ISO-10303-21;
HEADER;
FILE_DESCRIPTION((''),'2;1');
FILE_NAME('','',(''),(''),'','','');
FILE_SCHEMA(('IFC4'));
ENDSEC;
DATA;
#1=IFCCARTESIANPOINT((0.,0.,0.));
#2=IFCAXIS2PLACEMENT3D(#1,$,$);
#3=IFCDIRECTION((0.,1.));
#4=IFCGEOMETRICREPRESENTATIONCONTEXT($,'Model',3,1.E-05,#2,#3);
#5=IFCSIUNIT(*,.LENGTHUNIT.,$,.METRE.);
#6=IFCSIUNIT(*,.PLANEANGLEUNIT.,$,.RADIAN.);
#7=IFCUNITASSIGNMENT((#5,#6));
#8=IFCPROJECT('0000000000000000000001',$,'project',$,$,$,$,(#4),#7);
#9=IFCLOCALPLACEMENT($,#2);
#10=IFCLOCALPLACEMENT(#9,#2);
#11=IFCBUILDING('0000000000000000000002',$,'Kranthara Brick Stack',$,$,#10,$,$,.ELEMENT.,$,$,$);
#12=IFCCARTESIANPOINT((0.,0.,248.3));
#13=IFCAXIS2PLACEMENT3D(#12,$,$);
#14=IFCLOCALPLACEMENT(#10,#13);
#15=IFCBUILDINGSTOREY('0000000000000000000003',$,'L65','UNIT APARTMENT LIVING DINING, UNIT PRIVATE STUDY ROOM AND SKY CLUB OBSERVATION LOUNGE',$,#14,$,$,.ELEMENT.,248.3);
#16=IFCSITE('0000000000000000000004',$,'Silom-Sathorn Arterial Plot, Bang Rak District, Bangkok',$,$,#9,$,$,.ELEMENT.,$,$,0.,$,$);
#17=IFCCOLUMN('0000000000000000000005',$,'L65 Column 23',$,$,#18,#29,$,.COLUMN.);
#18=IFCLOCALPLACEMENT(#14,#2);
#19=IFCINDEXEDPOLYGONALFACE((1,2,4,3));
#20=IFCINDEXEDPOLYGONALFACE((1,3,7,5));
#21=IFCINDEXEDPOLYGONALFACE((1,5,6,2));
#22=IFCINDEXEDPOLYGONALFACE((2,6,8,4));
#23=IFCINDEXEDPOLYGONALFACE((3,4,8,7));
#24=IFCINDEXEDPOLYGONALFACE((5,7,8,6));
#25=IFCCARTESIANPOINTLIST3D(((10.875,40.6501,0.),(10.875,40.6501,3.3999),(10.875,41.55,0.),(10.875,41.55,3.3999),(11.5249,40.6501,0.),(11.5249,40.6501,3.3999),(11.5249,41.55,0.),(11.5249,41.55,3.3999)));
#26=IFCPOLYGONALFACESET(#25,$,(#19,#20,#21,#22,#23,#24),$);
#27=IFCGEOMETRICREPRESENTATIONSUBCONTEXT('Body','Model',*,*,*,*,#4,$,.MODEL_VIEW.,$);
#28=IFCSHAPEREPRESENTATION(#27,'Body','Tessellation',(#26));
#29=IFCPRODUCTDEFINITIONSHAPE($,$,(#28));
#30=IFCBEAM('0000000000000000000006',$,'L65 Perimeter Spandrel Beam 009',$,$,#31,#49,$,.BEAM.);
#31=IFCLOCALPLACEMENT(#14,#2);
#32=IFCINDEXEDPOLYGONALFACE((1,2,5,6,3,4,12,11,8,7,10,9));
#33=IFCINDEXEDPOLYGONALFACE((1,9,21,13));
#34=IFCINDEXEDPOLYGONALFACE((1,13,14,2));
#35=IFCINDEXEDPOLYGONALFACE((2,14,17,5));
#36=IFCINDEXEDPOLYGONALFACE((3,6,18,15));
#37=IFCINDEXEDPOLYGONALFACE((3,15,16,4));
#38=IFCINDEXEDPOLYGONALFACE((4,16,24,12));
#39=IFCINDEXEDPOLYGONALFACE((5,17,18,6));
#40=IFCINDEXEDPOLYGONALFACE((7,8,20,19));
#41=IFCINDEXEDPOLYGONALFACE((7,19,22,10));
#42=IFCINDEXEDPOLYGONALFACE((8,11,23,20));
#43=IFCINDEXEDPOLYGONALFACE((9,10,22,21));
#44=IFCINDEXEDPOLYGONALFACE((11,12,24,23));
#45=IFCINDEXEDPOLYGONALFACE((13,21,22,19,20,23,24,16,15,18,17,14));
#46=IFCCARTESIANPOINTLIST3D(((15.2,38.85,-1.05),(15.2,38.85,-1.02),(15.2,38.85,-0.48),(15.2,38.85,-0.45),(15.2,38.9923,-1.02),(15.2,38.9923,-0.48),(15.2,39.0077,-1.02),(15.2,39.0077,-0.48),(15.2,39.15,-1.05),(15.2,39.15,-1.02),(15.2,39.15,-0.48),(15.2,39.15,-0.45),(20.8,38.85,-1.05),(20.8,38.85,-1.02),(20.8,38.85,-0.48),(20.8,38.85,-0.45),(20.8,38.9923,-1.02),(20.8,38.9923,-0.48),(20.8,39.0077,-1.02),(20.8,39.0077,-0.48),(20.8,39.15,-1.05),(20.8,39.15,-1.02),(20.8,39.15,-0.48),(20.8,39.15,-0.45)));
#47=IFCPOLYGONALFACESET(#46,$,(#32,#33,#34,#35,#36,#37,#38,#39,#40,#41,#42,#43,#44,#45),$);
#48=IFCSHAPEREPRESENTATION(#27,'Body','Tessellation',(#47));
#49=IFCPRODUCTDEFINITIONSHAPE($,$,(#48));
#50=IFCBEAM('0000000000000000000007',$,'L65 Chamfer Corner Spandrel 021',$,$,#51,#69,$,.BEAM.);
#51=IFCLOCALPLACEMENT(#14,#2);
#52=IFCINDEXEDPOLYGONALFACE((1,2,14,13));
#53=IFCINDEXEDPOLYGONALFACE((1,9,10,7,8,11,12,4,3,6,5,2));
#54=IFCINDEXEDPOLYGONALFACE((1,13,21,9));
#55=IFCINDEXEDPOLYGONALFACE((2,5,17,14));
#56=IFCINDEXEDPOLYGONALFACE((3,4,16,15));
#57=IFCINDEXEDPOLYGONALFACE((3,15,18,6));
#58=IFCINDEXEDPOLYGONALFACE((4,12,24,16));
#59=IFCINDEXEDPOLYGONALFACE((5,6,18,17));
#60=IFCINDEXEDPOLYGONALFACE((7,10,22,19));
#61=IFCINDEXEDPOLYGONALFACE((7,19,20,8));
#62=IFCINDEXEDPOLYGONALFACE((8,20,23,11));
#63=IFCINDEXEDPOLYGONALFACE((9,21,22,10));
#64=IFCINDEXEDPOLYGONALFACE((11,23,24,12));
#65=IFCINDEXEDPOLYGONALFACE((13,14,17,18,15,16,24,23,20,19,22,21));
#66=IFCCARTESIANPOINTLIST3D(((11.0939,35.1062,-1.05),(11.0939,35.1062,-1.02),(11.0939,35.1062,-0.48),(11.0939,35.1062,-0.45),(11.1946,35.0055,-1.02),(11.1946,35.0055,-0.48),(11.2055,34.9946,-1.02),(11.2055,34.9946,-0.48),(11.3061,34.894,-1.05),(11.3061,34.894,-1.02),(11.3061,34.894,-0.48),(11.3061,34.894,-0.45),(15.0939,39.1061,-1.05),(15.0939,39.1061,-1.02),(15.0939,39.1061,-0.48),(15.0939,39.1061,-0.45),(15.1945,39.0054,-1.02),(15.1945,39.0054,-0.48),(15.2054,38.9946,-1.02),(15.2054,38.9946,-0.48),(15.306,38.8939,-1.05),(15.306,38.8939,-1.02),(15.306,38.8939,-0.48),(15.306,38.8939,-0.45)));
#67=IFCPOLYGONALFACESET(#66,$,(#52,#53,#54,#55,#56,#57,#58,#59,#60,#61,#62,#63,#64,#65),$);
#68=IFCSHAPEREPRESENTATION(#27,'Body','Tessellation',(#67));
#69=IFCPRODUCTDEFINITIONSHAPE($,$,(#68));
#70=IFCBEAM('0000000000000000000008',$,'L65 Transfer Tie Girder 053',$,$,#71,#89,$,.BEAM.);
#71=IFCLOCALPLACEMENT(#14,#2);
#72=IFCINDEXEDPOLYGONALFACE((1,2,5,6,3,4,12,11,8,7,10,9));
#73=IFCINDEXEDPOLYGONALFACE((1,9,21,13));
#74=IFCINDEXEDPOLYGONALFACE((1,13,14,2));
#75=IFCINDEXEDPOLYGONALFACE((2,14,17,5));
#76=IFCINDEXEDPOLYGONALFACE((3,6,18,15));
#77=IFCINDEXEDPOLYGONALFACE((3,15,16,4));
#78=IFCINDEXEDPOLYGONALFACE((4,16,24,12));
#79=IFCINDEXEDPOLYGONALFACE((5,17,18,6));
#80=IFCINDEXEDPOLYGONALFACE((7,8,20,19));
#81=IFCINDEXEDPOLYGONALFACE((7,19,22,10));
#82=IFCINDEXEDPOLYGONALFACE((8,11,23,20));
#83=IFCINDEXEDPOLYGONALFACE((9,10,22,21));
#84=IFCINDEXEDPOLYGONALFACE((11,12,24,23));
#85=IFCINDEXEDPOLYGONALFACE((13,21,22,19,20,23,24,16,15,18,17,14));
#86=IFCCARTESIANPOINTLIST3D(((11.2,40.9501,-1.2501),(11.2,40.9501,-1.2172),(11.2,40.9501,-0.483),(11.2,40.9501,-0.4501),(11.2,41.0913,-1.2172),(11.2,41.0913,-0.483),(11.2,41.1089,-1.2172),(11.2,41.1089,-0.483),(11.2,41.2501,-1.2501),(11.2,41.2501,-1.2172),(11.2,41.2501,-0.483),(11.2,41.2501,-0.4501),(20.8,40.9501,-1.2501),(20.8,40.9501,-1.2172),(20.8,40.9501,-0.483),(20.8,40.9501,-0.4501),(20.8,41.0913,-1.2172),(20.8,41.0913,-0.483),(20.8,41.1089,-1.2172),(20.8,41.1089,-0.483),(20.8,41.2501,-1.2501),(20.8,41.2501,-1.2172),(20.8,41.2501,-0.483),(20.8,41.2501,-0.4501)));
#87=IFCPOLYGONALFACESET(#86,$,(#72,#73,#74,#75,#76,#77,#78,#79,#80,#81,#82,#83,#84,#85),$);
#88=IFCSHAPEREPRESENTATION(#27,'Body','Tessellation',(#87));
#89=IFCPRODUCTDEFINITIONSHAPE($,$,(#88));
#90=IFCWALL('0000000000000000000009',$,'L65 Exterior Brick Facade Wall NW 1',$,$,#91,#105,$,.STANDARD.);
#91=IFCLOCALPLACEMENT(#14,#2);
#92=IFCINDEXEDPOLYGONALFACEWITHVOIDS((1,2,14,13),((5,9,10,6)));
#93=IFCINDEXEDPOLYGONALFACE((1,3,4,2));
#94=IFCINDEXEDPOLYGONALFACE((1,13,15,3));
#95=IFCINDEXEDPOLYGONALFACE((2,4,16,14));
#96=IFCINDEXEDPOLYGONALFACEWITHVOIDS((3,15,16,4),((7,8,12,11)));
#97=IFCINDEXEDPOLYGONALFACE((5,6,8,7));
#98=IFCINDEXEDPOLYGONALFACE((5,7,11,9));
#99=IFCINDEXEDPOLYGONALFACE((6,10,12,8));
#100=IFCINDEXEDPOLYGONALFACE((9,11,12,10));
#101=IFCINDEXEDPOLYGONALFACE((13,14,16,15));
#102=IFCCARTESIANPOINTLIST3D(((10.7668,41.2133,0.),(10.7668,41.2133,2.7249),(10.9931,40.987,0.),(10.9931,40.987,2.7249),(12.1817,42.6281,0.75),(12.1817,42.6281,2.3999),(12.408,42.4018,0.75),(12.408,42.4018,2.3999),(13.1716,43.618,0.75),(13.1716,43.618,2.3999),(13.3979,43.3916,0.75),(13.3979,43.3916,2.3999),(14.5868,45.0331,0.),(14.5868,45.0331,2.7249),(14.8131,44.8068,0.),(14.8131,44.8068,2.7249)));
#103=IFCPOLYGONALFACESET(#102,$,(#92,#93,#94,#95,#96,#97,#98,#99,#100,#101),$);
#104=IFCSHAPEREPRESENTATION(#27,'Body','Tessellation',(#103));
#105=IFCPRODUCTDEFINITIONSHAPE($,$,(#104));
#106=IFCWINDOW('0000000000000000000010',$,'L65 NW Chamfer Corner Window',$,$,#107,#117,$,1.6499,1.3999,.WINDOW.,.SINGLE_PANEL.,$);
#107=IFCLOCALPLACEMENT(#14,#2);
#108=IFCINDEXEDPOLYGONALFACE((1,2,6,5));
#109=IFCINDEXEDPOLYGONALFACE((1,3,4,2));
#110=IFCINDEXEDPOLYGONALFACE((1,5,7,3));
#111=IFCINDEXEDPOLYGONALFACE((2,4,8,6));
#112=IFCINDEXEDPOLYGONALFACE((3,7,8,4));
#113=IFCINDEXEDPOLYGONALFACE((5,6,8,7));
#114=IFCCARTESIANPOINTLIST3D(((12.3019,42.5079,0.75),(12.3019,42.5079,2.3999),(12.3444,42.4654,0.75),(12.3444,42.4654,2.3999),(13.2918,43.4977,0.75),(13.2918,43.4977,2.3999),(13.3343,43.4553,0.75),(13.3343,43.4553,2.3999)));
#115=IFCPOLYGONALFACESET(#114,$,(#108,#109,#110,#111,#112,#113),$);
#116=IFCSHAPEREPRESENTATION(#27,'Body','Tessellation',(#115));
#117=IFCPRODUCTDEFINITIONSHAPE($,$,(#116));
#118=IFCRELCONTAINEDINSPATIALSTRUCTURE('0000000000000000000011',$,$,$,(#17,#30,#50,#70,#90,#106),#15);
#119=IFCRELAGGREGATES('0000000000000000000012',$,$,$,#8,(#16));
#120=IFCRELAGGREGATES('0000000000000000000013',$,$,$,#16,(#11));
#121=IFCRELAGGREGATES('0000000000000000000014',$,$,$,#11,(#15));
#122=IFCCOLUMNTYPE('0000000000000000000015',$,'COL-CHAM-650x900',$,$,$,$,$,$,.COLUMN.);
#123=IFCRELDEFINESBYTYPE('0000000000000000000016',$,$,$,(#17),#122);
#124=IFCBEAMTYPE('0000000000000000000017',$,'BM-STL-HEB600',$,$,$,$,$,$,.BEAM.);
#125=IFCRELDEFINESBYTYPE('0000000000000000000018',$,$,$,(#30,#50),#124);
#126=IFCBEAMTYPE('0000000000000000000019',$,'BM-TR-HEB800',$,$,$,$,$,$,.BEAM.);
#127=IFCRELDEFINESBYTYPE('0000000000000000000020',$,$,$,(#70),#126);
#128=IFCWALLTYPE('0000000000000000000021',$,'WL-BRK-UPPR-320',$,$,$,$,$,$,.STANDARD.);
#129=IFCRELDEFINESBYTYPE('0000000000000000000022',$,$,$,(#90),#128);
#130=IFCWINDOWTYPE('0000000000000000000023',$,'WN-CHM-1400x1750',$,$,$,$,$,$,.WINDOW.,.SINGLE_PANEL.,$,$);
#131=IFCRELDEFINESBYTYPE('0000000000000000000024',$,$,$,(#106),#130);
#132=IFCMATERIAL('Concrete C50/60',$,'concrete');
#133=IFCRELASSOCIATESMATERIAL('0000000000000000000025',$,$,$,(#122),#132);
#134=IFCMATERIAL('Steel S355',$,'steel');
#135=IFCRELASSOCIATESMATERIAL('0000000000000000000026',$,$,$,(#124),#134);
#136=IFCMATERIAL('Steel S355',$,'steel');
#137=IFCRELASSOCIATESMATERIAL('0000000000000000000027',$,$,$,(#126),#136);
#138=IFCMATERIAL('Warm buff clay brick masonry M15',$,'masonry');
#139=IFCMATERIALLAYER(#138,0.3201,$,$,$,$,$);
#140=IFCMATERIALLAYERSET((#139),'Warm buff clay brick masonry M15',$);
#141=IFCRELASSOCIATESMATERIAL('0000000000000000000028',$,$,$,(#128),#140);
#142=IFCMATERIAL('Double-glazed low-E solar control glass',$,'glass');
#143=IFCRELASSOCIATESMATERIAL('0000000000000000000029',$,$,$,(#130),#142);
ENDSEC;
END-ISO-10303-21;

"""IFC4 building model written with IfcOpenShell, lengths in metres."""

from ifc_helpers import new_model, si_unit, direction, frame, frame_2d, origin, origin_2d, place, context, subcontext, project, spatial, rectangle, i_section, extrude, material, layer, layer_set, material_profile, profile_set, type_object, element, fill, save


model = new_model("IFC4")

# Units and contexts
model_context = context("Model", 3, precision=1e-05, world=origin(), true_north=direction((0.0, 1.0)))
body_context = subcontext(model_context, "Body", "Model", "MODEL_VIEW")
ifc_project = project(units=[si_unit("LENGTHUNIT", "METRE"), si_unit("PLANEANGLEUNIT", "RADIAN")], contexts=[model_context])

# Site, building, storey
site_placement = place(None, origin())
site = spatial("IfcSite", under=ifc_project, at=site_placement, Name="Silom-Sathorn Arterial Plot, Bang Rak District, Bangkok", CompositionType="ELEMENT", RefElevation=0.0)
building_placement = place(site_placement, origin())
building = spatial("IfcBuilding", under=site, at=building_placement, Name="Kranthara Brick Stack", CompositionType="ELEMENT")
storey_placement = place(building_placement, frame((0.0, 0.0, 248.3)))
storey = spatial("IfcBuildingStorey", under=building, at=storey_placement, Name="L65", Description="UNIT APARTMENT LIVING DINING, UNIT PRIVATE STUDY ROOM AND SKY CLUB OBSERVATION LOUNGE", CompositionType="ELEMENT", Elevation=248.3)

# Column
ifc_material_1 = material(Name="Concrete C50/60", Category="concrete")
ifc_material_profile_1 = material_profile(ifc_material_1, rectangle(XDim=0.6499, YDim=0.8999, at=origin_2d()), Name="RC 650x900")
ifc_profile_set_1 = profile_set([ifc_material_profile_1], Name="Concrete C50/60")
column_type = type_object("IfcColumnType", Name="COL-CHAM-650x900", PredefinedType="COLUMN", material=ifc_profile_set_1)
column_placement = place(storey_placement, frame((11.2, 41.1001, 0.0), z_axis=(0.0, 0.0, 1.0), x_axis=(1.0, 0.0, 0.0)))
element("IfcColumn", 1, at=column_placement, inside=storey, type_object=column_type, Name="L65 Column 23", PredefinedType="COLUMN", context=body_context, shape_type="SweptSolid", body=[
    extrude(rectangle(XDim=0.6499, YDim=0.8999, at=origin_2d()), origin(), (0.0, 0.0, 1.0), 3.3999),
])

# Beams
ifc_material_2 = material(Name="Steel S355", Category="steel")
ifc_material_profile_2 = material_profile(ifc_material_2, i_section(OverallWidth=0.3, OverallDepth=0.6001, WebThickness=0.0154, FlangeThickness=0.03, at=origin_2d()), Name="HEB 600")
ifc_profile_set_2 = profile_set([ifc_material_profile_2], Name="Steel S355")
beam_type_1 = type_object("IfcBeamType", Name="BM-STL-HEB600", PredefinedType="BEAM", material=ifc_profile_set_2)
beam_1_placement = place(storey_placement, frame((15.2, 39.0, -0.75), z_axis=(1.0, 0.0, 0.0), x_axis=(0.0, 1.0, 0.0)))
element("IfcBeam", 2, at=beam_1_placement, inside=storey, type_object=beam_type_1, Name="L65 Perimeter Spandrel Beam 009", PredefinedType="BEAM", context=body_context, shape_type="SweptSolid", body=[
    extrude(i_section(OverallWidth=0.3, OverallDepth=0.6001, WebThickness=0.0154, FlangeThickness=0.03, at=origin_2d()), origin(), (0.0, 0.0, 1.0), 5.6001),
])
beam_2_placement = place(storey_placement, frame((15.2, 39.0, -0.75), z_axis=(-0.707107, -0.707107, 0.0), x_axis=(0.707107, -0.707107, 0.0)))
element("IfcBeam", 3, at=beam_2_placement, inside=storey, type_object=beam_type_1, Name="L65 Chamfer Corner Spandrel 021", PredefinedType="BEAM", context=body_context, shape_type="SweptSolid", body=[
    extrude(i_section(OverallWidth=0.3, OverallDepth=0.6001, WebThickness=0.0154, FlangeThickness=0.03, at=origin_2d()), origin(), (0.0, 0.0, 1.0), 5.6567),
])
ifc_material_3 = material(Name="Steel S355", Category="steel")
ifc_material_profile_3 = material_profile(ifc_material_3, i_section(OverallWidth=0.3, OverallDepth=0.8, WebThickness=0.0176, FlangeThickness=0.033, at=origin_2d()), Name="HEB 800")
ifc_profile_set_3 = profile_set([ifc_material_profile_3], Name="Steel S355")
beam_type_2 = type_object("IfcBeamType", Name="BM-TR-HEB800", PredefinedType="BEAM", material=ifc_profile_set_3)
beam_3_placement = place(storey_placement, frame((11.2, 41.1001, -0.8501), z_axis=(1.0, 0.0, 0.0), x_axis=(0.0, 1.0, 0.0)))
element("IfcBeam", 4, at=beam_3_placement, inside=storey, type_object=beam_type_2, Name="L65 Transfer Tie Girder 053", PredefinedType="BEAM", context=body_context, shape_type="SweptSolid", body=[
    extrude(i_section(OverallWidth=0.3, OverallDepth=0.8, WebThickness=0.0176, FlangeThickness=0.033, at=origin_2d()), origin(), (0.0, 0.0, 1.0), 9.6001),
])

# Wall, opening, window
ifc_material_4 = material(Name="Warm buff clay brick masonry M15", Category="masonry")
ifc_layer_1 = layer(ifc_material_4, 0.3201)
ifc_layer_set_1 = layer_set([ifc_layer_1], Name="Warm buff clay brick masonry M15")
wall_type_1 = type_object("IfcWallType", Name="WL-BRK-UPPR-320", PredefinedType="STANDARD", material=ifc_layer_set_1)
wall_1_placement = place(storey_placement, frame((10.8799, 41.1001, 0.0), z_axis=(0.0, 0.0, 1.0), x_axis=(0.707129, 0.707084, 0.0)))
wall_1 = element("IfcWall", 5, at=wall_1_placement, inside=storey, type_object=wall_type_1, Name="L65 Exterior Brick Facade Wall NW 1", PredefinedType="STANDARD", context=body_context, shape_type="SweptSolid", body=[
    extrude(rectangle(XDim=5.4021, YDim=0.3201, at=frame_2d((2.7012, 0.0))), origin(), (0.0, 0.0, 1.0), 2.7249),
])
opening_1_placement = place(wall_1_placement, frame((2.001, 0.0, 0.75)))
opening_1 = element("IfcOpeningElement", 6, at=opening_1_placement, cuts=wall_1, PredefinedType="OPENING", context=body_context, shape_type="SweptSolid", body=[
    extrude(rectangle(XDim=1.3999, YDim=1.6499, at=frame_2d((0.7, 0.825))), frame((0.0, 0.1699, 0.0), z_axis=(0.0, -1.0, 0.0), x_axis=(1.0, 0.0, 0.0)), (0.0, 0.0, 1.0), 0.3401),
])
ifc_material_5 = material(Name="Double-glazed low-E solar control glass", Category="glass")
window_type = type_object("IfcWindowType", Name="WN-CHM-1400x1750", PartitioningType="SINGLE_PANEL", PredefinedType="WINDOW", material=ifc_material_5)
window_placement = place(opening_1_placement, origin())
window = element("IfcWindow", 7, at=window_placement, inside=storey, type_object=window_type, Name="L65 NW Chamfer Corner Window", OverallHeight=1.6499, OverallWidth=1.3999, PartitioningType="SINGLE_PANEL", PredefinedType="WINDOW", context=body_context, shape_type="SweptSolid", body=[
    extrude(rectangle(XDim=1.3999, YDim=1.6499, at=frame_2d((0.7, 0.825))), frame((0.0, -0.01, 0.0), z_axis=(0.0, -1.0, 0.0), x_axis=(1.0, 0.0, 0.0)), (0.0, 0.0, 1.0), 0.0601),
])
fill(opening_1, window)

save(model, "model.ifc")
